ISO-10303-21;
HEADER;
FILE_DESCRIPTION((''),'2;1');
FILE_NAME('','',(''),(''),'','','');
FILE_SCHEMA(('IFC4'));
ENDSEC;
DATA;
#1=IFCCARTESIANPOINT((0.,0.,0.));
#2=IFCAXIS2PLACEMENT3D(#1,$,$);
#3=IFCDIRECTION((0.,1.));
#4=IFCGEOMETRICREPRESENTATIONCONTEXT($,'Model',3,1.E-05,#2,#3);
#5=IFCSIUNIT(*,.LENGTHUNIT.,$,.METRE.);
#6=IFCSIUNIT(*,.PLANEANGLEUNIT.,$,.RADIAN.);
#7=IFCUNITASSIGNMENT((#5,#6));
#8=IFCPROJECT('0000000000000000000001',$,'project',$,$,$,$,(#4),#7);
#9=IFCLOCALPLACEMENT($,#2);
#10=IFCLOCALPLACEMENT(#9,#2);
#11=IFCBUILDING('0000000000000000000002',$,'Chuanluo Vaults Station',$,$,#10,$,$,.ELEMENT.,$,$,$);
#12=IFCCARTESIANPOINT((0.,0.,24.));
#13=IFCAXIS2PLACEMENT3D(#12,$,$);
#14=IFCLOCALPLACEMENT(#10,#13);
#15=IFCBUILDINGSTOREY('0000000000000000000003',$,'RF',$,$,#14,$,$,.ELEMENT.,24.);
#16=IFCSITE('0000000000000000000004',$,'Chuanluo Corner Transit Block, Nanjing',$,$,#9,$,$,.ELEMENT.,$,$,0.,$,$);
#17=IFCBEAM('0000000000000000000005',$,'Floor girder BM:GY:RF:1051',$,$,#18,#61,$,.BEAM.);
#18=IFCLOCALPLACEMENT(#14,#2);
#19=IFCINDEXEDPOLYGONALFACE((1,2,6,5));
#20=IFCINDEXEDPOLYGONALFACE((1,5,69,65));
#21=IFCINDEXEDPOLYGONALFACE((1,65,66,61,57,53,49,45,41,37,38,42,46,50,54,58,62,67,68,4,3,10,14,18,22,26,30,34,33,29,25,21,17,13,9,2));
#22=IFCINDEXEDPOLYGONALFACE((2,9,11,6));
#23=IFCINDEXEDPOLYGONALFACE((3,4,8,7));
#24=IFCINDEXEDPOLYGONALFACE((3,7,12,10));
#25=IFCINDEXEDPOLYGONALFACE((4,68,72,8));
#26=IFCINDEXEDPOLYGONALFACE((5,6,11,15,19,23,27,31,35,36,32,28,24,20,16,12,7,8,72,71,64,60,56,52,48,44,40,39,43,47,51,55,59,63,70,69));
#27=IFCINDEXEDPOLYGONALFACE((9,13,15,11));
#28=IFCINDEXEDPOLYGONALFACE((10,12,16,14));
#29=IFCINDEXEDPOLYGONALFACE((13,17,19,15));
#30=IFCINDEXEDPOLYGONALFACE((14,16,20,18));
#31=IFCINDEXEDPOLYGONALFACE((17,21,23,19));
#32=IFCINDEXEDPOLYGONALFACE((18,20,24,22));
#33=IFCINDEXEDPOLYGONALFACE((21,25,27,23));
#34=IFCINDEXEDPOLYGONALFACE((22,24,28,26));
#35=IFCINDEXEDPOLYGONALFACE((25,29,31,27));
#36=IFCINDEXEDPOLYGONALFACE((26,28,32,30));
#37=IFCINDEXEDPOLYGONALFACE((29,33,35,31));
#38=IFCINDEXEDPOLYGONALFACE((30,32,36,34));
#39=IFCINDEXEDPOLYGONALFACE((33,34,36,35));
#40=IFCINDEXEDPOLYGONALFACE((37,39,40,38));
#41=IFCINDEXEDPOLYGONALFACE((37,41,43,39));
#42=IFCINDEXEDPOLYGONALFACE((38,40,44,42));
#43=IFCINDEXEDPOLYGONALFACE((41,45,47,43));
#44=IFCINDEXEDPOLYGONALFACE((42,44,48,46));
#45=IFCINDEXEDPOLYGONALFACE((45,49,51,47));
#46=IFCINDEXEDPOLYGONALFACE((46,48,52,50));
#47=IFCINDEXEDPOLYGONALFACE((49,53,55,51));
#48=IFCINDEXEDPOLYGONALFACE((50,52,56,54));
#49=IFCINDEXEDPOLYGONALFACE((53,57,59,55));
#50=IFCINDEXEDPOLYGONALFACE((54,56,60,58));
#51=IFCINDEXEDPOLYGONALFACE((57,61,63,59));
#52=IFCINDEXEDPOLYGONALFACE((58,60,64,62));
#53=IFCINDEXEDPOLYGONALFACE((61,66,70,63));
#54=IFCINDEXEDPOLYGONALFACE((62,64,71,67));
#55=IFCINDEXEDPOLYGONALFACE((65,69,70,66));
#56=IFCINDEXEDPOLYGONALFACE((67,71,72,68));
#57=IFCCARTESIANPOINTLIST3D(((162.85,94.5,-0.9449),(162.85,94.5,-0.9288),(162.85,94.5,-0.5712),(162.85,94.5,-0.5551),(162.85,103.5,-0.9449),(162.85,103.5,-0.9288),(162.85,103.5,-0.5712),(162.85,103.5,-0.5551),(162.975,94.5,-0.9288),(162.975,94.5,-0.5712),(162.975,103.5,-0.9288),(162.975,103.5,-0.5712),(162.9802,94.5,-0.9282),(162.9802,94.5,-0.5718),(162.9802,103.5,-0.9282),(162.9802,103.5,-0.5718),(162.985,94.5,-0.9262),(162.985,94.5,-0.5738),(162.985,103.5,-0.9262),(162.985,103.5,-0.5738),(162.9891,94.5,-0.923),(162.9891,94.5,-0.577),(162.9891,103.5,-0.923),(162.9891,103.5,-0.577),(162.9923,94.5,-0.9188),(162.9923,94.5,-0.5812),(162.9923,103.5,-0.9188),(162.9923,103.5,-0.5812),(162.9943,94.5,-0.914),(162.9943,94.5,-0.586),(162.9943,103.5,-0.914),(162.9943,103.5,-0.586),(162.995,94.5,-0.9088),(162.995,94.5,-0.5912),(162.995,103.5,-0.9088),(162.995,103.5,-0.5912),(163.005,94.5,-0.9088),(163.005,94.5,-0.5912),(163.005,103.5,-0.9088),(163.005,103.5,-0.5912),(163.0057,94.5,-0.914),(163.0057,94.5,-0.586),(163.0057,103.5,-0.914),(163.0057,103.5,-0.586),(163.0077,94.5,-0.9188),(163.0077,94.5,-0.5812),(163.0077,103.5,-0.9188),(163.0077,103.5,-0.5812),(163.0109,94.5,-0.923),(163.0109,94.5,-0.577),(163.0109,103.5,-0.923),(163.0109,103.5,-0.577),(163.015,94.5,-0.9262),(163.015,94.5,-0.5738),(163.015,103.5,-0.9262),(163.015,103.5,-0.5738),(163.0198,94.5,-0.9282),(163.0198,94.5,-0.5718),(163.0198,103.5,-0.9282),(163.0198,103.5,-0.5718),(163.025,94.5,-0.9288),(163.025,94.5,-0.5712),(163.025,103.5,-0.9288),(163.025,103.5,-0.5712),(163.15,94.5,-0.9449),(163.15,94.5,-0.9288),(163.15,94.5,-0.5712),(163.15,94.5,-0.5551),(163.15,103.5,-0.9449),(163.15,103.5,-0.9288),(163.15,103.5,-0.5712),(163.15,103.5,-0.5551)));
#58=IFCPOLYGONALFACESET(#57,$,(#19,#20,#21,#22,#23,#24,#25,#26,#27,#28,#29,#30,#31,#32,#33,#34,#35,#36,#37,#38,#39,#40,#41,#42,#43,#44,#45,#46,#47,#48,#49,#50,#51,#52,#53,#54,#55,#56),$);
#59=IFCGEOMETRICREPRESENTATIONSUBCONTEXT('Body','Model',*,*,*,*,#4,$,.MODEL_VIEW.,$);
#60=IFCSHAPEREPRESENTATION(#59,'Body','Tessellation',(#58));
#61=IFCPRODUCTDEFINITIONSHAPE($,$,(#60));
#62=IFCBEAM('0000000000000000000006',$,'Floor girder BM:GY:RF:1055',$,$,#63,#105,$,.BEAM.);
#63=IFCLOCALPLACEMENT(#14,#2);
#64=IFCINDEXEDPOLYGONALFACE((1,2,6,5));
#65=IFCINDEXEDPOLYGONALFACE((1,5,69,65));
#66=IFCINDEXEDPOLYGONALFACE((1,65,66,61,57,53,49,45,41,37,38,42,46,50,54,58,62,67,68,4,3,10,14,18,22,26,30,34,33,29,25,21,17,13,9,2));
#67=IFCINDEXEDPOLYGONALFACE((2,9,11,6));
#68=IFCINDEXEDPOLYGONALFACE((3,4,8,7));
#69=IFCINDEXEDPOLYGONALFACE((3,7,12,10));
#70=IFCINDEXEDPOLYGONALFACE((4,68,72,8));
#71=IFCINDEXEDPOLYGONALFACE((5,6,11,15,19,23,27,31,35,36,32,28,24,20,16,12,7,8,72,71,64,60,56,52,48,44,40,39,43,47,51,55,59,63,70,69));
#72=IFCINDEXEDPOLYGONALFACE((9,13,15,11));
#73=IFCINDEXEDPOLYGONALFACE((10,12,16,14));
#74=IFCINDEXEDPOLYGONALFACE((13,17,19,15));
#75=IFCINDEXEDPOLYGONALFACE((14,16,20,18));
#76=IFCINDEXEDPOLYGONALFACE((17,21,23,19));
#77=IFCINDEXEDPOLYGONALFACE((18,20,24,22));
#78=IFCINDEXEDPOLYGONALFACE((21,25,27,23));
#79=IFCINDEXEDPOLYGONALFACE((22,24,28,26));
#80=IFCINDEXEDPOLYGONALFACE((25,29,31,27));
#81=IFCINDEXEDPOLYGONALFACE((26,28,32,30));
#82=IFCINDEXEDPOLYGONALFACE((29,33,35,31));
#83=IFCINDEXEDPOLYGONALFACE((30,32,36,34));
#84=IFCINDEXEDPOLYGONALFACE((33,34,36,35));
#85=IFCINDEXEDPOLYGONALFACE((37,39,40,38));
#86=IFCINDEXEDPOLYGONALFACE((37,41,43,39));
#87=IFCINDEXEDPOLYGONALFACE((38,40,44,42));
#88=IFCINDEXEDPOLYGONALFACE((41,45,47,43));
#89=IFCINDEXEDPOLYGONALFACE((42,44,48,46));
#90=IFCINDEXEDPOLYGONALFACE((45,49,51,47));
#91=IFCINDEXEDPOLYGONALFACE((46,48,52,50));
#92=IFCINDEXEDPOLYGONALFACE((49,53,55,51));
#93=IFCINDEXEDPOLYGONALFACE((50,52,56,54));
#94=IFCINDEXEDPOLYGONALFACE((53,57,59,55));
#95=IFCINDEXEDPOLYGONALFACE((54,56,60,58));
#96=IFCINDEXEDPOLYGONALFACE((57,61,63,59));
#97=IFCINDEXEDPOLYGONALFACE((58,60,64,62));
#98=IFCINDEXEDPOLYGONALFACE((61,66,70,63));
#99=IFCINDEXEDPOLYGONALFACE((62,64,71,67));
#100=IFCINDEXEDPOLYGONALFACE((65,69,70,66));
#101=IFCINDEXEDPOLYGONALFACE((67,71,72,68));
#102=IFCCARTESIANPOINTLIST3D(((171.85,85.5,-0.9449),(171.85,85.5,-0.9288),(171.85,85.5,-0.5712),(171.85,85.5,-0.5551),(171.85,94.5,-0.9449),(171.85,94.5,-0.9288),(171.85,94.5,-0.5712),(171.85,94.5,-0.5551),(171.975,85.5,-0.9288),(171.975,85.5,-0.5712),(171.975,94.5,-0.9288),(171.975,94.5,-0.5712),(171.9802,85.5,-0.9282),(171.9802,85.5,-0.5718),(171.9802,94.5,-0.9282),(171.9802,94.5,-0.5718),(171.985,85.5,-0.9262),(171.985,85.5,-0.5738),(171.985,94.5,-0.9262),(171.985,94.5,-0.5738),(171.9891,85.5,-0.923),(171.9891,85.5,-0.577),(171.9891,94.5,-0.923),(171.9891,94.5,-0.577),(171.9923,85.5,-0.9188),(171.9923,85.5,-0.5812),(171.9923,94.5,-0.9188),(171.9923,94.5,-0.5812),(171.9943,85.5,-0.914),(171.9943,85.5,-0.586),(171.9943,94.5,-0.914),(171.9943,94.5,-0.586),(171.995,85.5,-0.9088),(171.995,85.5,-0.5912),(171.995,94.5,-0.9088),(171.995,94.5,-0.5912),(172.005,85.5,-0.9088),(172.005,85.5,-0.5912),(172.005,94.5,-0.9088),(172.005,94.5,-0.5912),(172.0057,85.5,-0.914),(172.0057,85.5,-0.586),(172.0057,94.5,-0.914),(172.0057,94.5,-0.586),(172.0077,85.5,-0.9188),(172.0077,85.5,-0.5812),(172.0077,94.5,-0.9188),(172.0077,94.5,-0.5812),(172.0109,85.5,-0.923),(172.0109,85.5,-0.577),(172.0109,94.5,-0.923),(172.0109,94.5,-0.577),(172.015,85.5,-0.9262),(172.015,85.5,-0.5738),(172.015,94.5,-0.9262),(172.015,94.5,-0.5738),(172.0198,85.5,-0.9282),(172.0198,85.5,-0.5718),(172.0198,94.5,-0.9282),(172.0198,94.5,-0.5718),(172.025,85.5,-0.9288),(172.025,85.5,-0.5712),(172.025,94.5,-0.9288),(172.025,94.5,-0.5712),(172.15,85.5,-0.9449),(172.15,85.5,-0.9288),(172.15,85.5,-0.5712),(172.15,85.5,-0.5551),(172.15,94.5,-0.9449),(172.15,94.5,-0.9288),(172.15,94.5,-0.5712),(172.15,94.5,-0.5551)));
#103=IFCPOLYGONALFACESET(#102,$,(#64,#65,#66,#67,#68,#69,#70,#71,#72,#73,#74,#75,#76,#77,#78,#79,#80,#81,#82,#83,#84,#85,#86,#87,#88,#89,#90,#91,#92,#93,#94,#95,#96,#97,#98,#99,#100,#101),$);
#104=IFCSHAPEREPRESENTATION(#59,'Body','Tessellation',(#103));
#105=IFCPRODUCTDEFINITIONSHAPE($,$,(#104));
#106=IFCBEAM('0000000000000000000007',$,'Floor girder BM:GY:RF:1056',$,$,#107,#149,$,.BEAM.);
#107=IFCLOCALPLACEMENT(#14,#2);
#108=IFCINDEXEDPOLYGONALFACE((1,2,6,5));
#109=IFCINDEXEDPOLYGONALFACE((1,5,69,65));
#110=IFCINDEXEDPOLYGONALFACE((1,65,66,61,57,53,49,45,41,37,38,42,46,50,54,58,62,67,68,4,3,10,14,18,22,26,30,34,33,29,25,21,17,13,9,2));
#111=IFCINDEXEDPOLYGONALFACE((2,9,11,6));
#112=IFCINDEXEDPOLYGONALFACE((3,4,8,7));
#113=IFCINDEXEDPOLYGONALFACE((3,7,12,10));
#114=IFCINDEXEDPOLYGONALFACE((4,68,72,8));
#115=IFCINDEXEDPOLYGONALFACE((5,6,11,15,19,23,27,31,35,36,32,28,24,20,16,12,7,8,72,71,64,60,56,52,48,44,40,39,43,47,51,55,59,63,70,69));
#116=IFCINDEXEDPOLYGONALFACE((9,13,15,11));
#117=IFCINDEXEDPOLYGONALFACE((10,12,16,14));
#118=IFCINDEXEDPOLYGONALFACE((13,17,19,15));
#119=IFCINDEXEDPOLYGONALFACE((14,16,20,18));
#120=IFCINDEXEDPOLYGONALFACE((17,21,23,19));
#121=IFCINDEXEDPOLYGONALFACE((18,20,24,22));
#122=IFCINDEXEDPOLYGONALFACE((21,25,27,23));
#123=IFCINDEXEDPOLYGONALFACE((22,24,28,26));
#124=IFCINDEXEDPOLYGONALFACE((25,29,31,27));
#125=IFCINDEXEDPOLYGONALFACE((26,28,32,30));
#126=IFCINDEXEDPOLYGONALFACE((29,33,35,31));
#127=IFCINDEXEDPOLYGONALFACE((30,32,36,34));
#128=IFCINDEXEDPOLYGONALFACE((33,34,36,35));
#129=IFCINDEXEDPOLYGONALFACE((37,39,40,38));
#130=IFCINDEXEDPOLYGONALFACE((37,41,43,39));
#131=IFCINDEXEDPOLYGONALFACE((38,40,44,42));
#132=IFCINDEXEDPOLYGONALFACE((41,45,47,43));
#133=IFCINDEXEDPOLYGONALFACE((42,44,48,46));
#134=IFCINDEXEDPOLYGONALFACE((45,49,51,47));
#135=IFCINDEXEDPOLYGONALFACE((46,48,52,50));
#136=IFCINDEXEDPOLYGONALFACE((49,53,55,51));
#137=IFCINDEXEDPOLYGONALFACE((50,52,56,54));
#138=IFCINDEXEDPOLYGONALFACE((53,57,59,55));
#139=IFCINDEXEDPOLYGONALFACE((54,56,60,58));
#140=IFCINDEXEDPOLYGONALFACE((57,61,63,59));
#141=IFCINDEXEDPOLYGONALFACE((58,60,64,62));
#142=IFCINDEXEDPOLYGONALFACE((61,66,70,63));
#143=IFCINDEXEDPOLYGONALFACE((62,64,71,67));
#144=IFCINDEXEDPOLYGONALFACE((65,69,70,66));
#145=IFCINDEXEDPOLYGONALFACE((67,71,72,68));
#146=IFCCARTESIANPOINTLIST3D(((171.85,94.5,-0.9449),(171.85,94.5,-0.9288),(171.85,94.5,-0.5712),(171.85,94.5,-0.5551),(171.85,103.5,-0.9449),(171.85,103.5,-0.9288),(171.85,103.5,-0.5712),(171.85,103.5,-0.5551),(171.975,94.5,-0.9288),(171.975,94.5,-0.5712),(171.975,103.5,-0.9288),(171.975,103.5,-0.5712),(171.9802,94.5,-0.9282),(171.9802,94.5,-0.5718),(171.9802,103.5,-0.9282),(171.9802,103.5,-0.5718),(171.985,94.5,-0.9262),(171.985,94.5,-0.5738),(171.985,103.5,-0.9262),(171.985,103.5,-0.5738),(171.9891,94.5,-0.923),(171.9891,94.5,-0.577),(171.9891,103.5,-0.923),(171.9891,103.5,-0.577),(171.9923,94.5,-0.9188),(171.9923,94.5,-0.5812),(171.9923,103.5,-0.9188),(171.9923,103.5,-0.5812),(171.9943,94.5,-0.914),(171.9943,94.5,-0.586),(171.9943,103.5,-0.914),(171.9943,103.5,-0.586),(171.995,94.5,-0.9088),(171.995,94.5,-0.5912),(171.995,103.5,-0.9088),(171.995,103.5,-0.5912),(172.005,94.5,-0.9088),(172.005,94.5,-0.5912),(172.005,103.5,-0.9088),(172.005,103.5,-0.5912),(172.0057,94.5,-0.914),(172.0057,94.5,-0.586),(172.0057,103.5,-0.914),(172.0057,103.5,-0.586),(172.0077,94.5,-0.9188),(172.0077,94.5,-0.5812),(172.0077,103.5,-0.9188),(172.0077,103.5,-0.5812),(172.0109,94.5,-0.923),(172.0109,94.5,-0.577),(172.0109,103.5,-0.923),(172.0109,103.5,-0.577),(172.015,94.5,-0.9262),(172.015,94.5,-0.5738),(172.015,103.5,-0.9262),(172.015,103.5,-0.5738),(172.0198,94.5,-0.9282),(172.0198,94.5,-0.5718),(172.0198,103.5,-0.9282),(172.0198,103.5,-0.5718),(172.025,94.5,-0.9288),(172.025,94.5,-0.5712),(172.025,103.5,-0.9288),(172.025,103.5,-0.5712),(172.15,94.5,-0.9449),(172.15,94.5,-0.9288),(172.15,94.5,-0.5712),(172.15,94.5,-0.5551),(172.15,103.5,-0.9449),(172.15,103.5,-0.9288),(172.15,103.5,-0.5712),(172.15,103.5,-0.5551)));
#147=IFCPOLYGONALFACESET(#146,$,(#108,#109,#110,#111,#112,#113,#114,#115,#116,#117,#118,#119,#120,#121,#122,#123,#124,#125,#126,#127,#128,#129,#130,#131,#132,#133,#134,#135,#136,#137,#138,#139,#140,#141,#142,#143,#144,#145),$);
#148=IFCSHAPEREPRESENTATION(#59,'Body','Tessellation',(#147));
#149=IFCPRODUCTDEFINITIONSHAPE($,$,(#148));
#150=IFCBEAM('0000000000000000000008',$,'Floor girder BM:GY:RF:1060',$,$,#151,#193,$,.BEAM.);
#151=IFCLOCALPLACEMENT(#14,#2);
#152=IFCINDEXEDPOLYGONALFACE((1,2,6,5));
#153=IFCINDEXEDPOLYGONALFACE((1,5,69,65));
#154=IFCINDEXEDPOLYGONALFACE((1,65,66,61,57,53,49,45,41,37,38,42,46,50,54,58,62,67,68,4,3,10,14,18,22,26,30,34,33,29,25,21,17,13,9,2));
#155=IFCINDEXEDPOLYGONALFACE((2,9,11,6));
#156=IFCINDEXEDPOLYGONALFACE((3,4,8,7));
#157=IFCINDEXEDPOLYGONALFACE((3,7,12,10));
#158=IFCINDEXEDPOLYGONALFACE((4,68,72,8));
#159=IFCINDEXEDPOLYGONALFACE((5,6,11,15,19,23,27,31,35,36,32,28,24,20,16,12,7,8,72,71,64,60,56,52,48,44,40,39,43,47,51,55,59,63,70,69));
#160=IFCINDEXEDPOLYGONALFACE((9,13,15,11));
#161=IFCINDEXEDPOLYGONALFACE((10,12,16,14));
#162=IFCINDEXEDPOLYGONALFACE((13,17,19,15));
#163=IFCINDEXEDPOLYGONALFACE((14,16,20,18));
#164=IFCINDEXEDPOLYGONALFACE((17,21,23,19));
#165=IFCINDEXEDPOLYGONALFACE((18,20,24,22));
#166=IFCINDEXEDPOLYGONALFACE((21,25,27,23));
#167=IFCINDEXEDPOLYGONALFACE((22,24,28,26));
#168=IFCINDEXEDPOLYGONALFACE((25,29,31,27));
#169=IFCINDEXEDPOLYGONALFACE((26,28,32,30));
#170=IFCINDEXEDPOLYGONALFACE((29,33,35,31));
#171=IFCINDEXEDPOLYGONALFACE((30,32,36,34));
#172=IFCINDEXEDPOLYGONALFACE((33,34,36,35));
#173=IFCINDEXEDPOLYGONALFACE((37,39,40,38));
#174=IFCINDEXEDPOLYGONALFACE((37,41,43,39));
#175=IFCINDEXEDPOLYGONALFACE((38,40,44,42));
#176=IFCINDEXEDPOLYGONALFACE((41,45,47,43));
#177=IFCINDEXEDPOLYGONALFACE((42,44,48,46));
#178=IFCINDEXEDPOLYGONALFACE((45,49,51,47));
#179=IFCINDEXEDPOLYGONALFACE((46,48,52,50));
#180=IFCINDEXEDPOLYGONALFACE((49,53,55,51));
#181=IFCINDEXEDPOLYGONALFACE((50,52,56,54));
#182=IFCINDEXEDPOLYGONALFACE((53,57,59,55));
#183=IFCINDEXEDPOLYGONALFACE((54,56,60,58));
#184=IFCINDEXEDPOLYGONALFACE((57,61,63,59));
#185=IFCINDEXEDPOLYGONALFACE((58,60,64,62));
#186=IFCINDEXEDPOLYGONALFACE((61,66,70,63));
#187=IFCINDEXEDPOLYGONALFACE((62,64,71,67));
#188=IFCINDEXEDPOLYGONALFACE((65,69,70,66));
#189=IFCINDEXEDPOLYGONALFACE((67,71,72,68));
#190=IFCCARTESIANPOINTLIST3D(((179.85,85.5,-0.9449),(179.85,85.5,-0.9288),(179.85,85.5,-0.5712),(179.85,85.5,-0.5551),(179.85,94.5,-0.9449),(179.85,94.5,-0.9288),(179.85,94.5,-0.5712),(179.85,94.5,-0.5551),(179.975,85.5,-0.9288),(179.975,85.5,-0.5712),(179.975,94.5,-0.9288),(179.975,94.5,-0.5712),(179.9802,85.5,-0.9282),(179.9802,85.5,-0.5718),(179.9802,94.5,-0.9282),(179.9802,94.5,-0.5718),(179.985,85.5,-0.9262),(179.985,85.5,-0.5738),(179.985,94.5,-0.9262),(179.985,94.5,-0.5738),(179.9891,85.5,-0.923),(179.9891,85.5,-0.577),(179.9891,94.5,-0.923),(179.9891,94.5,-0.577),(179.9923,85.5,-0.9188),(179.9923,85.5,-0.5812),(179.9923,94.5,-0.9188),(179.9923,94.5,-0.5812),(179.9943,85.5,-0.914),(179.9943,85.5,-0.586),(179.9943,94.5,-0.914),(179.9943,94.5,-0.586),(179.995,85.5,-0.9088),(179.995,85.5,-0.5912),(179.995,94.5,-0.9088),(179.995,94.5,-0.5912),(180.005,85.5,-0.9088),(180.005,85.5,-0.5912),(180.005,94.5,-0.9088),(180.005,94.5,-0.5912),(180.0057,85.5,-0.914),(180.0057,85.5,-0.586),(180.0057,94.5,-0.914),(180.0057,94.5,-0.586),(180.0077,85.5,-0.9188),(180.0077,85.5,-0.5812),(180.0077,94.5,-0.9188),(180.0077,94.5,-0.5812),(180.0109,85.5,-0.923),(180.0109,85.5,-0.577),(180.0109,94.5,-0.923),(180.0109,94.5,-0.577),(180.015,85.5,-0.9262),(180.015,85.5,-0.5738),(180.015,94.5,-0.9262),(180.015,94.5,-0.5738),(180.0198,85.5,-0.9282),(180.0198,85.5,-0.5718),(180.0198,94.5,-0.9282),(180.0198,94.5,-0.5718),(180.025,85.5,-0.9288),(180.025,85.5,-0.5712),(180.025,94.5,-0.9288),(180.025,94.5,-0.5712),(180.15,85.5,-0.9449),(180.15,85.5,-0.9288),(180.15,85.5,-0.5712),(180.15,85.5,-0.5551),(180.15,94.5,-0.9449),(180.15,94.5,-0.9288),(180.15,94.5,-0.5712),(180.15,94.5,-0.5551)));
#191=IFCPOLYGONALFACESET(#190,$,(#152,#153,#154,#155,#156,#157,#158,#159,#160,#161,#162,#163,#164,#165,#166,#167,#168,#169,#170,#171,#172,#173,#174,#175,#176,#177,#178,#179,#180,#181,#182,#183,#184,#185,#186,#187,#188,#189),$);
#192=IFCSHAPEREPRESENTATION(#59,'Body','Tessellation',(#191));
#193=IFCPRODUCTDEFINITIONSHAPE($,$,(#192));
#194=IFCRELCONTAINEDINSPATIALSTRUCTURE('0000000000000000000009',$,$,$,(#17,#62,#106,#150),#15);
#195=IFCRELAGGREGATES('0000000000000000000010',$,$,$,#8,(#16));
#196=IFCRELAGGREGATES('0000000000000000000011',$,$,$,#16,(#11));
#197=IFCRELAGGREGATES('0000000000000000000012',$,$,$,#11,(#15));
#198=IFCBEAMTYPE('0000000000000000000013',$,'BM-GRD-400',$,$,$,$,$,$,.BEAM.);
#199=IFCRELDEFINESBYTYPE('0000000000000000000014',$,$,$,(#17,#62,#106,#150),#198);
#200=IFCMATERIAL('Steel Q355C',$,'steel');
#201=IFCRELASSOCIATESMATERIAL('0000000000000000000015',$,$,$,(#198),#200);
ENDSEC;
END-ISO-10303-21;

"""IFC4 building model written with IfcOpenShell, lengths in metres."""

from ifc_helpers import new_model, si_unit, direction, frame, origin, origin_2d, place, context, subcontext, project, spatial, i_section, extrude, material, material_profile, profile_set, type_object, element, save


model = new_model("IFC4")

# Units and contexts
model_context = context("Model", 3, precision=1e-05, world=origin(), true_north=direction((0.0, 1.0)))
body_context = subcontext(model_context, "Body", "Model", "MODEL_VIEW")
ifc_project = project(units=[si_unit("LENGTHUNIT", "METRE"), si_unit("PLANEANGLEUNIT", "RADIAN")], contexts=[model_context])

# Site, building, storey
site_placement = place(None, origin())
site = spatial("IfcSite", under=ifc_project, at=site_placement, Name="Chuanluo Corner Transit Block, Nanjing", CompositionType="ELEMENT", RefElevation=0.0)
building_placement = place(site_placement, origin())
building = spatial("IfcBuilding", under=site, at=building_placement, Name="Chuanluo Vaults Station", CompositionType="ELEMENT")
storey_placement = place(building_placement, frame((0.0, 0.0, 24.0)))
storey = spatial("IfcBuildingStorey", under=building, at=storey_placement, Name="RF", CompositionType="ELEMENT", Elevation=24.0)

# Beams
ifc_material_1 = material(Name="Steel Q355C", Category="steel")
ifc_material_profile_1 = material_profile(ifc_material_1, i_section(OverallWidth=0.3, OverallDepth=0.3899, WebThickness=0.01, FlangeThickness=0.0161, FilletRadius=0.02, at=origin_2d()))
ifc_profile_set_1 = profile_set([ifc_material_profile_1], Name="Steel Q355C")
beam_type_1 = type_object("IfcBeamType", Name="BM-GRD-400", PredefinedType="BEAM", material=ifc_profile_set_1)
for number, where, z_axis, x_axis, name in (
    (1, (163.0, 94.5, -0.75), (0.0, 1.0, 0.0), (-1.0, 0.0, 0.0), "Floor girder BM:GY:RF:1051"),
    (2, (172.0, 85.5, -0.75), (0.0, 1.0, 0.0), (-1.0, 0.0, 0.0), "Floor girder BM:GY:RF:1055"),
    (3, (172.0, 94.5, -0.75), (0.0, 1.0, 0.0), (-1.0, 0.0, 0.0), "Floor girder BM:GY:RF:1056"),
    (4, (180.0, 85.5, -0.75), (0.0, 1.0, 0.0), (-1.0, 0.0, 0.0), "Floor girder BM:GY:RF:1060"),
):
    element("IfcBeam", number, at=place(storey_placement, frame(where, z_axis=z_axis, x_axis=x_axis)), inside=storey, type_object=beam_type_1, Name=name, PredefinedType="BEAM", context=body_context, shape_type="SweptSolid", body=[
        extrude(i_section(OverallWidth=0.3, OverallDepth=0.3899, WebThickness=0.01, FlangeThickness=0.0161, FilletRadius=0.02, at=origin_2d()), origin(), (0.0, 0.0, 1.0), 9.0),
    ])

save(model, "model.ifc")
